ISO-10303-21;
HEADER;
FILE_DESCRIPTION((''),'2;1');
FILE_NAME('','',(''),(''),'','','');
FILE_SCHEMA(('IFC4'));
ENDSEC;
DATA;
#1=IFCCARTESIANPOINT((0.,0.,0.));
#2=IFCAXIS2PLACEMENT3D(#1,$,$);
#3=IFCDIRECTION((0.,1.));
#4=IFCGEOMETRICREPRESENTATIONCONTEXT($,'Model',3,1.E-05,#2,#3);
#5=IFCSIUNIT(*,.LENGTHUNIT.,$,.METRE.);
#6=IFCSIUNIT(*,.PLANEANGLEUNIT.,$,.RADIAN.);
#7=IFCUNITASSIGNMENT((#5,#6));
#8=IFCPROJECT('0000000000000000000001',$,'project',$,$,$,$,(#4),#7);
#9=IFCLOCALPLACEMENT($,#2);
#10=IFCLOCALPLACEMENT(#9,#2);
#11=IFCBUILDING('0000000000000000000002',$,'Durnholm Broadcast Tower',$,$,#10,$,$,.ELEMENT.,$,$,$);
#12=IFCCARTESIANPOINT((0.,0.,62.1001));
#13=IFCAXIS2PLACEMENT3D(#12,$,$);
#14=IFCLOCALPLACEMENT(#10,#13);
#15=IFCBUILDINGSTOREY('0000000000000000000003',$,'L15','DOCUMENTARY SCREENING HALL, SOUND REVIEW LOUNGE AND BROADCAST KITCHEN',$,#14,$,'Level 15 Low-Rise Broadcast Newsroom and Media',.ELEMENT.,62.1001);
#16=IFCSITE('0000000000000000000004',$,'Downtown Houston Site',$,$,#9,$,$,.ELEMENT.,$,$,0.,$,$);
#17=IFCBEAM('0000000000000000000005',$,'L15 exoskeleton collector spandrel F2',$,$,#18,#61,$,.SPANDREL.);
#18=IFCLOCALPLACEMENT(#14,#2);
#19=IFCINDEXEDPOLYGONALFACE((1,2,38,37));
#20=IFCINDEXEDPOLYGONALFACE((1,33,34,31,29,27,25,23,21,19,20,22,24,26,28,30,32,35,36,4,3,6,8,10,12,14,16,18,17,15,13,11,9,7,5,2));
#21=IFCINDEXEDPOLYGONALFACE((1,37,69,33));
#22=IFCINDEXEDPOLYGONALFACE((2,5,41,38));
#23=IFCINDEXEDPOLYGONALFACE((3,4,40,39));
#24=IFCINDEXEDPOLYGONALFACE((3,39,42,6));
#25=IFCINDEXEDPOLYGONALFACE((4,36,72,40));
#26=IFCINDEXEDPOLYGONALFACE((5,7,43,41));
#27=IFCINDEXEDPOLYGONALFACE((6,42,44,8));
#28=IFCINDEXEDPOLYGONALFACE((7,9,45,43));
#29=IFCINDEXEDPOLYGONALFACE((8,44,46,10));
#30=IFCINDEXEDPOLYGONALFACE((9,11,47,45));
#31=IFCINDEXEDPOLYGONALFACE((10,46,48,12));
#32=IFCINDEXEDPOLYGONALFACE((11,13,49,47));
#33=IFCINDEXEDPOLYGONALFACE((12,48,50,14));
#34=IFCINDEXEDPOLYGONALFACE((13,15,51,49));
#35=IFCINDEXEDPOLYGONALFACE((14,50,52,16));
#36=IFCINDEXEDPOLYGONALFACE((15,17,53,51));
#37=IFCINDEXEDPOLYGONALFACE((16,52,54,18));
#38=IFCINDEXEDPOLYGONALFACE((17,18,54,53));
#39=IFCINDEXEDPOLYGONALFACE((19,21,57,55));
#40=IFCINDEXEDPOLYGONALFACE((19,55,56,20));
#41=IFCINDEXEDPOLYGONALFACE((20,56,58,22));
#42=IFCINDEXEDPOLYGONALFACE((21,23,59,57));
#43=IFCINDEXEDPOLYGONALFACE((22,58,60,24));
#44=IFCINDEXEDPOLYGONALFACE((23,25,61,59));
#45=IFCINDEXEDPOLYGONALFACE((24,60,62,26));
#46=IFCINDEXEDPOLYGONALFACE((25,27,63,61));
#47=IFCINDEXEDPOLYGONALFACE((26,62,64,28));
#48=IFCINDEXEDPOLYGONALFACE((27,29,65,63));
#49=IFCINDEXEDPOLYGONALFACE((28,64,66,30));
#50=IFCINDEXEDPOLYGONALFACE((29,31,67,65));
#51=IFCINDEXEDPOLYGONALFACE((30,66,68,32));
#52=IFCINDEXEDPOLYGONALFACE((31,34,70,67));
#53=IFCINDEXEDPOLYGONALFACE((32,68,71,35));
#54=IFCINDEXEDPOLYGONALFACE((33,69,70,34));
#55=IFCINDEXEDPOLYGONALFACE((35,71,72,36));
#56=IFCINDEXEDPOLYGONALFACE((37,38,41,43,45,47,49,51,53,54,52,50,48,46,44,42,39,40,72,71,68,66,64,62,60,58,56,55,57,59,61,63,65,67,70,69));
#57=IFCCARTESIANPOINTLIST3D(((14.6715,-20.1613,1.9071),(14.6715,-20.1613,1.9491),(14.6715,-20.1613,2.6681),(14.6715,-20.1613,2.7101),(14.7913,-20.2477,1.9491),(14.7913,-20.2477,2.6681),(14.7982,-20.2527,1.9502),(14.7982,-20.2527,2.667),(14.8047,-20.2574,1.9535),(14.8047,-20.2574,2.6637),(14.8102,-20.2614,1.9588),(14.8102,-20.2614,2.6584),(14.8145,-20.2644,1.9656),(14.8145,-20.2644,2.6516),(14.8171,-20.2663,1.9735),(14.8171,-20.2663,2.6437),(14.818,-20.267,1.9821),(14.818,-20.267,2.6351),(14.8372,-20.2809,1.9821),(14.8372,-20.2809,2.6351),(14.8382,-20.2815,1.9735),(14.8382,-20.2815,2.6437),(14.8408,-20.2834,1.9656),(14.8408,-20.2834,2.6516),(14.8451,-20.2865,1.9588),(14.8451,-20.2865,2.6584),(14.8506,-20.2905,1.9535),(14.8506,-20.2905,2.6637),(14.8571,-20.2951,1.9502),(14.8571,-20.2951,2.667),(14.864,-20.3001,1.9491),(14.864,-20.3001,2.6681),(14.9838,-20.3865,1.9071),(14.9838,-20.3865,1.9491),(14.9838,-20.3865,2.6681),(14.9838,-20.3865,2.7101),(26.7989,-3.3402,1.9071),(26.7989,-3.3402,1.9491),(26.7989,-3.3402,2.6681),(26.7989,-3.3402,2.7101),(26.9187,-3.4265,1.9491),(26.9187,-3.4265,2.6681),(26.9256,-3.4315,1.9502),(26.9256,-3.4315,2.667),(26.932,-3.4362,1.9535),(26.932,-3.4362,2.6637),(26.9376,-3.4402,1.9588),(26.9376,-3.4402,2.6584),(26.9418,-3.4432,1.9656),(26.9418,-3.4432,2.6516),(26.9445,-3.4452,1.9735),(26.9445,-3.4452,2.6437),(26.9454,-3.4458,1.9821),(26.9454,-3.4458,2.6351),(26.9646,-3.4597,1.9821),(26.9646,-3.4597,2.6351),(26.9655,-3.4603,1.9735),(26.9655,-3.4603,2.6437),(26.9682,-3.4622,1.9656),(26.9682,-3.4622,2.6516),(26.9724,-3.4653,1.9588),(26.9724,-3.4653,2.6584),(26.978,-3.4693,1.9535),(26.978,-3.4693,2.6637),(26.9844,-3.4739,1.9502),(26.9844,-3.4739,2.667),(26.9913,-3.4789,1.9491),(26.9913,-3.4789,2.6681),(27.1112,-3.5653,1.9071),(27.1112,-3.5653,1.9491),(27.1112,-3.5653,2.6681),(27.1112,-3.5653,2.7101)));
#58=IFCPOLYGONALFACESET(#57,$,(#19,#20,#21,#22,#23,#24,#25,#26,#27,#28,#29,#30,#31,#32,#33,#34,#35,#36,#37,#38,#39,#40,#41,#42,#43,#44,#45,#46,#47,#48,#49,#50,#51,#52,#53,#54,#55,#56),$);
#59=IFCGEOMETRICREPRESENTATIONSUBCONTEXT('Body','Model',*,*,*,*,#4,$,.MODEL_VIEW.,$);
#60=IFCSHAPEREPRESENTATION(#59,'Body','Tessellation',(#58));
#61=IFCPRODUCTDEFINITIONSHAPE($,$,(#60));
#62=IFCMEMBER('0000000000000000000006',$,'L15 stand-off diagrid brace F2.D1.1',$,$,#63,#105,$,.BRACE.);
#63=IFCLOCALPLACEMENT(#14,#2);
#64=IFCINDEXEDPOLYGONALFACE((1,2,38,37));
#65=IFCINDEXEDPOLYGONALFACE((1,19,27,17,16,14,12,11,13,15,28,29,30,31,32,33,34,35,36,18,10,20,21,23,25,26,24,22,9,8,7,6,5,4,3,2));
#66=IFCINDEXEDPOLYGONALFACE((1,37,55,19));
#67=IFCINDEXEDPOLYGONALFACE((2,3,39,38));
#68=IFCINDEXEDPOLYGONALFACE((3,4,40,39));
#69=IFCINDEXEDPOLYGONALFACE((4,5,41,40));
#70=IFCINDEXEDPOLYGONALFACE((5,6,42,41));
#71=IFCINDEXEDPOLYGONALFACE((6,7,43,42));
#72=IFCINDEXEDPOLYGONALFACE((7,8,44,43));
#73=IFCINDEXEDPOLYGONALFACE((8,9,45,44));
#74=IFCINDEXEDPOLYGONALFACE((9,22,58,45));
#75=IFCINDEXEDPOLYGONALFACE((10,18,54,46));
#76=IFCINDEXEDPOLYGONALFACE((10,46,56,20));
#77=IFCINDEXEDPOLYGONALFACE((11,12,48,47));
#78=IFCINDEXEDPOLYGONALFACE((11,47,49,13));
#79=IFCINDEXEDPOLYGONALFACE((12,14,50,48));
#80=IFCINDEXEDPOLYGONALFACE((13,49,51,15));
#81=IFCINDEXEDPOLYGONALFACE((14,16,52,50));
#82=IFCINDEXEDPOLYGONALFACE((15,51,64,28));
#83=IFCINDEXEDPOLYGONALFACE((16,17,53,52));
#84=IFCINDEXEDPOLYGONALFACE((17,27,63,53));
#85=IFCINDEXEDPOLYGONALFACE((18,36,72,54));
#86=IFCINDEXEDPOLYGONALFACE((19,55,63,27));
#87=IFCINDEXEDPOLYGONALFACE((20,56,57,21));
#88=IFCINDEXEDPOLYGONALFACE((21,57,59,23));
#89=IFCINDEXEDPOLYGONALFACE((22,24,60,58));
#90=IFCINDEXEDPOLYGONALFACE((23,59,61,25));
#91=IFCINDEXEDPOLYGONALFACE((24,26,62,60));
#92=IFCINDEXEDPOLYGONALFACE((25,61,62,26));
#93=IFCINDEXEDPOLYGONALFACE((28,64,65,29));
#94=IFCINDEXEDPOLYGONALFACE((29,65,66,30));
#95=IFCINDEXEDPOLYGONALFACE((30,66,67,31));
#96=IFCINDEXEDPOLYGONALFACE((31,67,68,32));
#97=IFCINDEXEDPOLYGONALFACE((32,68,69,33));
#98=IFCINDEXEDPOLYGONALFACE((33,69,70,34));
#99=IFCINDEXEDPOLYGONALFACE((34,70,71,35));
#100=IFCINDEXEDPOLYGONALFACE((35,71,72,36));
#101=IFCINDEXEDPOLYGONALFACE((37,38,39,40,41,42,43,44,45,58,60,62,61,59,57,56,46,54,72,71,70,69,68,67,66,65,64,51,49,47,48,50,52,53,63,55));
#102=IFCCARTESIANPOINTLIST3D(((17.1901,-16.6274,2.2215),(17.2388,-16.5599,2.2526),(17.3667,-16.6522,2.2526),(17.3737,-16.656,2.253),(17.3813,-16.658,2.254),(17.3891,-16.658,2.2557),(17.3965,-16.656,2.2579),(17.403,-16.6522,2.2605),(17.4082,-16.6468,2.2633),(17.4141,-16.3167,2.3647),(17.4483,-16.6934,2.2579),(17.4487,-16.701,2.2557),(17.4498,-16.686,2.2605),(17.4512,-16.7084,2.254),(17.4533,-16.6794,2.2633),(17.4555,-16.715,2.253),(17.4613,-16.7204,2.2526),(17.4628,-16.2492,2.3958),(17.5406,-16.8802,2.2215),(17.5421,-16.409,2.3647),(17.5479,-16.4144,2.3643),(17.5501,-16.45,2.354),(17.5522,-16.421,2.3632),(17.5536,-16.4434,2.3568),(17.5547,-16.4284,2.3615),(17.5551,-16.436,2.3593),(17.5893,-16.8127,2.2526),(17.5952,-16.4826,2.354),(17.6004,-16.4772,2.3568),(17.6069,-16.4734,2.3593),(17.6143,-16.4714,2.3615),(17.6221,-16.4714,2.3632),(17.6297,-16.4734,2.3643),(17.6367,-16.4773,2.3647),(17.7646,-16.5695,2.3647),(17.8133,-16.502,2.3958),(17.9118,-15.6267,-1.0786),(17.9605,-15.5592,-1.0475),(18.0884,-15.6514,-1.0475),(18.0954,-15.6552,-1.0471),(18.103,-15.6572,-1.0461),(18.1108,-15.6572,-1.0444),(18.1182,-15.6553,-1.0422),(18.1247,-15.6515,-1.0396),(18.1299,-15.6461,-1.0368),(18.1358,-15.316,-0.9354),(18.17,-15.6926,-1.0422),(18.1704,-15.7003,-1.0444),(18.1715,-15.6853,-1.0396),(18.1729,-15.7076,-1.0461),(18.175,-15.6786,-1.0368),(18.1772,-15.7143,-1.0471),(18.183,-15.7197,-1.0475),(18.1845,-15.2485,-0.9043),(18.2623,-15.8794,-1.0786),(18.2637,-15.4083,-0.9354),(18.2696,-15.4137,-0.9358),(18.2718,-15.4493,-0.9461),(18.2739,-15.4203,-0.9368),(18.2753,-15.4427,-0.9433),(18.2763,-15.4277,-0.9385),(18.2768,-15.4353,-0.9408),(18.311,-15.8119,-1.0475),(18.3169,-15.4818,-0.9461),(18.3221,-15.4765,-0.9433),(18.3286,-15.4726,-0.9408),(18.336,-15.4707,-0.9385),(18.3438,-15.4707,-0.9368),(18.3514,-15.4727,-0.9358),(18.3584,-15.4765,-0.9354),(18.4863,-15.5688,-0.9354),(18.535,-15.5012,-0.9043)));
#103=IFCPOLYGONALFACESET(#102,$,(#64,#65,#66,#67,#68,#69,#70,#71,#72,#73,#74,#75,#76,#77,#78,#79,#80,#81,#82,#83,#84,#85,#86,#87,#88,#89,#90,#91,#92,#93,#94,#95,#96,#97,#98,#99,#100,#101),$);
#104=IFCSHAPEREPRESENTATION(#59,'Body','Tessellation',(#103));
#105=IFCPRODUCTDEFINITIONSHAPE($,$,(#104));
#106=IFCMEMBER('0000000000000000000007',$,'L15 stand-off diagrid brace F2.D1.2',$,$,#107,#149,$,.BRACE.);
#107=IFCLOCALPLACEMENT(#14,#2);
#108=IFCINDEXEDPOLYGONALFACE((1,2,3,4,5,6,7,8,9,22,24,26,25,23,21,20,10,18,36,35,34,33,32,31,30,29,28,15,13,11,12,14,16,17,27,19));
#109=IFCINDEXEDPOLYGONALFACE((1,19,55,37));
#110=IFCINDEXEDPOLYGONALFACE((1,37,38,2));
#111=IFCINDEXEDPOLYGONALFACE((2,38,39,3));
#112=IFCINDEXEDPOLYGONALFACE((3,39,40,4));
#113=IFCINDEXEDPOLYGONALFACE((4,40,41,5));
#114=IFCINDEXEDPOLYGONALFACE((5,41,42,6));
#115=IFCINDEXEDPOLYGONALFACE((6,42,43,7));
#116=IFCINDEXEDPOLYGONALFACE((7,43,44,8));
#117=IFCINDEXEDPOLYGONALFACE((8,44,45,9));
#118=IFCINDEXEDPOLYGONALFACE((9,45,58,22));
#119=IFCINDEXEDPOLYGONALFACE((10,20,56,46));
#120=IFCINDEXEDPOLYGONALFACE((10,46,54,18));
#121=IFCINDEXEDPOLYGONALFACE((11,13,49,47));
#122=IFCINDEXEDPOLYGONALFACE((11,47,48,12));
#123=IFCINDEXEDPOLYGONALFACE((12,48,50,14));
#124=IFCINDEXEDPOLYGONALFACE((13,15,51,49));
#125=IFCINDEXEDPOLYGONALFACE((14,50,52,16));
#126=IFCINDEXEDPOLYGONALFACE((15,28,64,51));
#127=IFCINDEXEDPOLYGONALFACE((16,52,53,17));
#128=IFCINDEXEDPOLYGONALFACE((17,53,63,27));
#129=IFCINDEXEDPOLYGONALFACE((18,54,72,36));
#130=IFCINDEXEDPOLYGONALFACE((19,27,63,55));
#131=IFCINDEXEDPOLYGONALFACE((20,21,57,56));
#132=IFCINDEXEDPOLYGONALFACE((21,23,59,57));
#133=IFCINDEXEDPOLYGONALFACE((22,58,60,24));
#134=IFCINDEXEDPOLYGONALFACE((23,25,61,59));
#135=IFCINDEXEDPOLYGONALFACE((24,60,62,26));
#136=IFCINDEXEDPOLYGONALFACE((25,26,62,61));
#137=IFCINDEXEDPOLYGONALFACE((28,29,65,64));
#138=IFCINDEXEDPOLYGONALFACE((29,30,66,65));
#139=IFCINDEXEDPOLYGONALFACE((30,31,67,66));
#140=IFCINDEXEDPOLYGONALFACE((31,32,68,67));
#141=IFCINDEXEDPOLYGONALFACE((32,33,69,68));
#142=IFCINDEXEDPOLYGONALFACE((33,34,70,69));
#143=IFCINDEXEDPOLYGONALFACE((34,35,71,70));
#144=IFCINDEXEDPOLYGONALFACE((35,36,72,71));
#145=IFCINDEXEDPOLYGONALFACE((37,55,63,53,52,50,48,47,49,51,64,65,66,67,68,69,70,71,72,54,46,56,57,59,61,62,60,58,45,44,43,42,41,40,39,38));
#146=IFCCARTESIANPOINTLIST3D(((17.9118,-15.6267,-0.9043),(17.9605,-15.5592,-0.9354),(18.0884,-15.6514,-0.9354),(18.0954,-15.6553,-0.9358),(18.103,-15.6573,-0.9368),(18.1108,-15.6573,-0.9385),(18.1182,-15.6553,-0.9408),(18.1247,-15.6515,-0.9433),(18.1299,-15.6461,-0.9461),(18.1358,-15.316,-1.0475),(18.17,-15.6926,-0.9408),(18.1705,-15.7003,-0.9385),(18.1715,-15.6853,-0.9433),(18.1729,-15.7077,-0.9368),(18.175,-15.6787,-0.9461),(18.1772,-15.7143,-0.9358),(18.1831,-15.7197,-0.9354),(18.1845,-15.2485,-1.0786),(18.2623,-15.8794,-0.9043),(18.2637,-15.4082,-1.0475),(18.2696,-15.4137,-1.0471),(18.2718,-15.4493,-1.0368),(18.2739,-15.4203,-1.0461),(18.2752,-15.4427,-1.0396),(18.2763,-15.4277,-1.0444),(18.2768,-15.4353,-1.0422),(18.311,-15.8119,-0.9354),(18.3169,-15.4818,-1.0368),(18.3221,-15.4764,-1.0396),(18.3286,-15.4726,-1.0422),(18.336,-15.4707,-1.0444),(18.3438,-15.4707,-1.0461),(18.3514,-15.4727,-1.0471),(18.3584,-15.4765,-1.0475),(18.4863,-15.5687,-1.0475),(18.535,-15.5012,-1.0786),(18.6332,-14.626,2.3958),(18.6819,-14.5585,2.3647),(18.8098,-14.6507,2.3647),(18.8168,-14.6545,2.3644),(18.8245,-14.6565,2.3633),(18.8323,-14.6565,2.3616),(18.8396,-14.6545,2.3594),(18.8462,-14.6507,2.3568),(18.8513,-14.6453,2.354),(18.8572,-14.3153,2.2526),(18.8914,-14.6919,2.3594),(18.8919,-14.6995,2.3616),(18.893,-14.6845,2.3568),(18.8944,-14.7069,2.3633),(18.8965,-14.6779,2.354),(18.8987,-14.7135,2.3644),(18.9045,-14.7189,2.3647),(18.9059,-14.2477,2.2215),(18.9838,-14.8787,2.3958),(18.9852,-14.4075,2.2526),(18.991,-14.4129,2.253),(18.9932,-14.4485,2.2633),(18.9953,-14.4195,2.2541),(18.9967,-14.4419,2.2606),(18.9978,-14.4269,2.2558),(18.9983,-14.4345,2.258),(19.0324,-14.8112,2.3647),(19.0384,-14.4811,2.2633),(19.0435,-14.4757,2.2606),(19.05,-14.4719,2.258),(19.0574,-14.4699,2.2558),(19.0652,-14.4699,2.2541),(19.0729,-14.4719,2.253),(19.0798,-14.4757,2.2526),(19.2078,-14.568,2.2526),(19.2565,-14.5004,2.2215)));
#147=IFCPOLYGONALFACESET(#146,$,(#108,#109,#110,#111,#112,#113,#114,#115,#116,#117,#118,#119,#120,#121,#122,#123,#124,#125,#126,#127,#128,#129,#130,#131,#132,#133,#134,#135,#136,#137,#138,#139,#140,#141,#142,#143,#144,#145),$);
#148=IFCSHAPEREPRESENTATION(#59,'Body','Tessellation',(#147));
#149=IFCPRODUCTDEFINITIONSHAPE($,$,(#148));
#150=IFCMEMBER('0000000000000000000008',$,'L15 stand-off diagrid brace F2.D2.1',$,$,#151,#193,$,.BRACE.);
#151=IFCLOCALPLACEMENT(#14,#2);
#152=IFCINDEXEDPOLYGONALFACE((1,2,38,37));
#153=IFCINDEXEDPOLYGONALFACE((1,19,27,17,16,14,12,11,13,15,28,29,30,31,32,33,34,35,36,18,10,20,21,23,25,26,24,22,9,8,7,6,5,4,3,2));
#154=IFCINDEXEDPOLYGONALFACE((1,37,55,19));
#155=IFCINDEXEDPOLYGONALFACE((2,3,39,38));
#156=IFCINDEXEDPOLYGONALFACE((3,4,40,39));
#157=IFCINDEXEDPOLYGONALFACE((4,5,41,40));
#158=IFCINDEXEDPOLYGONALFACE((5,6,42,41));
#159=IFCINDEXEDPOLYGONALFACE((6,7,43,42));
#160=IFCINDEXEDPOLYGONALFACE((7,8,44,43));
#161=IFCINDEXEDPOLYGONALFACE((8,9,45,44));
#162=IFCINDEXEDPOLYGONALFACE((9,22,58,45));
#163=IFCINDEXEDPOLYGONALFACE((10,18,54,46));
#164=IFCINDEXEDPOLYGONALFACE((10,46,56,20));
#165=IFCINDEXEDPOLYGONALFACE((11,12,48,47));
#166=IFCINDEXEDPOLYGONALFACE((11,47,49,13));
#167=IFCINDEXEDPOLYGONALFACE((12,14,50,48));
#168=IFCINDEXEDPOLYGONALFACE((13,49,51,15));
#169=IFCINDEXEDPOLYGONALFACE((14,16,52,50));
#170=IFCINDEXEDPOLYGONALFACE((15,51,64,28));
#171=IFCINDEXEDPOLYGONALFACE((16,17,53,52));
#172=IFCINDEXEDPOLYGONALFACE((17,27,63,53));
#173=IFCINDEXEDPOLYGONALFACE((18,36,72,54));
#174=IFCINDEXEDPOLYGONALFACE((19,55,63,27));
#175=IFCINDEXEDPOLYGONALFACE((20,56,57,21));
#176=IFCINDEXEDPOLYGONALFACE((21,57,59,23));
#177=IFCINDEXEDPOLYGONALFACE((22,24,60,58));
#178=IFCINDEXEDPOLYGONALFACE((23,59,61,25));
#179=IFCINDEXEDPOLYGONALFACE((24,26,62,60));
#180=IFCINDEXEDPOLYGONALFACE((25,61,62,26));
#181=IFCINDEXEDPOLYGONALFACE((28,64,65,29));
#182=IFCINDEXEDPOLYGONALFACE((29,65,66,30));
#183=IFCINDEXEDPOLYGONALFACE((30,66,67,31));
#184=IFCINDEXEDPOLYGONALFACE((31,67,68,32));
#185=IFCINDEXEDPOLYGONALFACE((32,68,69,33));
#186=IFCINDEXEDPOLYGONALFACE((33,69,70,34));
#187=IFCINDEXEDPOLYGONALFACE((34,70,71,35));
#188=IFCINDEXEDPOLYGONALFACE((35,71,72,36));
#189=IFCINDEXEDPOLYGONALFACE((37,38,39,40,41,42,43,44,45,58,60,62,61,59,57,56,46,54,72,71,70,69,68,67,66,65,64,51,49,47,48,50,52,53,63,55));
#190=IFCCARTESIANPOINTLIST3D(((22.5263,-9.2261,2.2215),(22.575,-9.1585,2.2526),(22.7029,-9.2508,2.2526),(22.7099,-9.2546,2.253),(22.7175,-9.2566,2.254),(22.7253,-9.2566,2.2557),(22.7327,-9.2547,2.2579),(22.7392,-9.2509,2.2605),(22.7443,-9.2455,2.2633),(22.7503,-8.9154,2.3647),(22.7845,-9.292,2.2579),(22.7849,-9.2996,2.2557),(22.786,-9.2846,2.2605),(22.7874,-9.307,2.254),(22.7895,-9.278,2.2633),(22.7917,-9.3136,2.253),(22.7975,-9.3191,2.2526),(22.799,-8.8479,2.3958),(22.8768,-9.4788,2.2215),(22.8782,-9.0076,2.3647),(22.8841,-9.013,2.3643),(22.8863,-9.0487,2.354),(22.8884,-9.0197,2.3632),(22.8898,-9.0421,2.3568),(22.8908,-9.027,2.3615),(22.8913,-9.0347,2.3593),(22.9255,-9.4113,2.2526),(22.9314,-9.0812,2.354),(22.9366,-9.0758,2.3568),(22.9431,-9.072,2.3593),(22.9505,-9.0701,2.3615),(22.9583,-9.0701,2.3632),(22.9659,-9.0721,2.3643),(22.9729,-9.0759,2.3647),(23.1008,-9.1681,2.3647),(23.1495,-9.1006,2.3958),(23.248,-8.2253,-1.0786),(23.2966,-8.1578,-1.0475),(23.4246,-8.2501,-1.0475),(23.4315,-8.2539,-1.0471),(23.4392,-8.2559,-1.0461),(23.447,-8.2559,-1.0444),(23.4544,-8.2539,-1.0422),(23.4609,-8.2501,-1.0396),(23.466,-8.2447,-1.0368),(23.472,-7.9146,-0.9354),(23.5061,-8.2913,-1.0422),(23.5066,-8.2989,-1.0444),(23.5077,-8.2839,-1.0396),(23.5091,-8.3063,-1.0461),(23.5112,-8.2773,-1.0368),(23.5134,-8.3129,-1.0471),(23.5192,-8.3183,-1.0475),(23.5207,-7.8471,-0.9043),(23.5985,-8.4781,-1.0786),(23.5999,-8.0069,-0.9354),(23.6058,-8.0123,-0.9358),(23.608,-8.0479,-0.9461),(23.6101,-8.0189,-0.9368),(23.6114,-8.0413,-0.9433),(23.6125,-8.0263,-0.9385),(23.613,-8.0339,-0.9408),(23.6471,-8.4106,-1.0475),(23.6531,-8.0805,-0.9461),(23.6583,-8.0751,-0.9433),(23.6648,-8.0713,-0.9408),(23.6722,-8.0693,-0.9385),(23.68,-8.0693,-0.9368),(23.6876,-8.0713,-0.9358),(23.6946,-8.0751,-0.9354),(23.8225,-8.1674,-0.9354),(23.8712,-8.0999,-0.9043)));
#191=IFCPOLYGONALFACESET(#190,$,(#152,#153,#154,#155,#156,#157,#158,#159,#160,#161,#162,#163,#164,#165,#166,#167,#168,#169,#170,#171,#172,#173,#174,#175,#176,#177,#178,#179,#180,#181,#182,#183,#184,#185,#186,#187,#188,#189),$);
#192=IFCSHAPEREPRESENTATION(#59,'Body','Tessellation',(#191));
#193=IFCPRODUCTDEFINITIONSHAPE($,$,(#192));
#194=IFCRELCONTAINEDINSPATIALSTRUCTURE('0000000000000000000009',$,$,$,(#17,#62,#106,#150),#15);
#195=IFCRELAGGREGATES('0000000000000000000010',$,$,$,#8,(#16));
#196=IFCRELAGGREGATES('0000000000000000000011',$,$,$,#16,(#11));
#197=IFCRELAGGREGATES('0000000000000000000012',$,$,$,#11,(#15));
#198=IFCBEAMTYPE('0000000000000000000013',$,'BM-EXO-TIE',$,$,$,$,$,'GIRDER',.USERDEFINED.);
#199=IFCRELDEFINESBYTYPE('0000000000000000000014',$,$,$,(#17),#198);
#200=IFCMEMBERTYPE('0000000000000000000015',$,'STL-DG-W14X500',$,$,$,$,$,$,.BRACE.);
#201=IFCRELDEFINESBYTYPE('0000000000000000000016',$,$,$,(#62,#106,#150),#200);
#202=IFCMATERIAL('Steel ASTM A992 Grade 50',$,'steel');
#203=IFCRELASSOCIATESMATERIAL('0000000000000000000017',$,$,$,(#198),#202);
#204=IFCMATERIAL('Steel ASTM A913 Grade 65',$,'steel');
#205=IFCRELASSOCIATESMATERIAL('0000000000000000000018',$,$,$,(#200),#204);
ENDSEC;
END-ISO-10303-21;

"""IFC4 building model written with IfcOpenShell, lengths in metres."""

from ifc_helpers import new_model, si_unit, direction, frame, origin, origin_2d, place, context, subcontext, project, spatial, i_section, extrude, source, transform, mapped, material, material_profile, profile_set, type_object, type_shapes, element, save


model = new_model("IFC4")

# Units and contexts
model_context = context("Model", 3, precision=1e-05, world=origin(), true_north=direction((0.0, 1.0)))
body_context = subcontext(model_context, "Body", "Model", "MODEL_VIEW")
ifc_project = project(units=[si_unit("LENGTHUNIT", "METRE"), si_unit("PLANEANGLEUNIT", "RADIAN")], contexts=[model_context])

# Site, building, storey
site_placement = place(None, origin())
site = spatial("IfcSite", under=ifc_project, at=site_placement, Name="Downtown Houston Site", CompositionType="ELEMENT", RefElevation=0.0)
building_placement = place(site_placement, origin())
building = spatial("IfcBuilding", under=site, at=building_placement, Name="Durnholm Broadcast Tower", CompositionType="ELEMENT")
storey_placement = place(building_placement, frame((0.0, 0.0, 62.1001)))
storey = spatial("IfcBuildingStorey", under=building, at=storey_placement, Name="L15", Description="DOCUMENTARY SCREENING HALL, SOUND REVIEW LOUNGE AND BROADCAST KITCHEN", LongName="Level 15 Low-Rise Broadcast Newsroom and Media", CompositionType="ELEMENT", Elevation=62.1001)

# Beam
ifc_material_1 = material(Name="Steel ASTM A992 Grade 50", Category="steel")
ifc_material_profile_1 = material_profile(ifc_material_1, i_section(OverallWidth=0.385, OverallDepth=0.803, WebThickness=0.0237, FlangeThickness=0.042, FilletRadius=0.033, at=origin_2d()), Name="W30X261")
ifc_profile_set_1 = profile_set([ifc_material_profile_1], Name="Steel ASTM A992 Grade 50")
beam_type = type_object("IfcBeamType", Name="BM-EXO-TIE", ElementType="GIRDER", PredefinedType="USERDEFINED", material=ifc_profile_set_1)
shared_shape_1 = source(origin(), body_context, "Body", "SweptSolid", [
    extrude(i_section(OverallWidth=0.385, OverallDepth=0.803, WebThickness=0.0237, FlangeThickness=0.042, FilletRadius=0.033, at=origin_2d()), origin(), (0.0, 0.0, 1.0), 20.7371),
])
type_shapes(beam_type, [shared_shape_1])
beam_placement = place(storey_placement, frame((14.8276, -20.2739, 2.3086), z_axis=(0.584816, 0.811166, 0.0), x_axis=(-0.811166, 0.584816, 0.0)))
element("IfcBeam", 1, at=beam_placement, inside=storey, type_object=beam_type, Name="L15 exoskeleton collector spandrel F2", PredefinedType="SPANDREL", context=body_context, shape_type="MappedRepresentation", body=[
    mapped(shared_shape_1, transform((0.0, 0.0, 0.0), x_axis=(1.0, 0.0, 0.0), y_axis=(0.0, 1.0, 0.0), z_axis=(0.0, 0.0, 1.0), scale=1.0)),
])

# Members
ifc_material_2 = material(Name="Steel ASTM A913 Grade 65", Category="steel")
ifc_material_profile_2 = material_profile(ifc_material_2, i_section(OverallWidth=0.4321, OverallDepth=0.4978, WebThickness=0.0557, FlangeThickness=0.0889, FilletRadius=0.0305, at=origin_2d()), Name="W14X500")
ifc_profile_set_2 = profile_set([ifc_material_profile_2], Name="Steel ASTM A913 Grade 65")
member_type_1 = type_object("IfcMemberType", Name="STL-DG-W14X500", PredefinedType="BRACE", material=ifc_profile_set_2)
shared_shape_2 = source(origin(), body_context, "Body", "SweptSolid", [
    extrude(i_section(OverallWidth=0.4321, OverallDepth=0.4978, WebThickness=0.0557, FlangeThickness=0.0889, FilletRadius=0.0305, at=origin_2d()), origin(), (0.0, 0.0, 1.0), 3.5232),
])
type_shapes(member_type_1, [shared_shape_2])
for number, where, z_axis, x_axis, name in (
    (2, (18.2234, -15.564, -0.9915), (-0.204839, -0.284045, 0.936675), (0.811091, -0.58492, 0.0), "L15 stand-off diagrid brace F2.D1.1"),
    (3, (18.2234, -15.564, -0.9915), (0.204773, 0.284049, 0.936688), (-0.811185, 0.584789, 0.0), "L15 stand-off diagrid brace F2.D1.2"),
    (4, (23.5596, -8.1626, -0.9915), (-0.204839, -0.284045, 0.936675), (0.811091, -0.58492, 0.0), "L15 stand-off diagrid brace F2.D2.1"),
):
    element("IfcMember", number, at=place(storey_placement, frame(where, z_axis=z_axis, x_axis=x_axis)), inside=storey, type_object=member_type_1, Name=name, PredefinedType="BRACE", context=body_context, shape_type="MappedRepresentation", body=[
        mapped(shared_shape_2, transform((0.0, 0.0, 0.0), x_axis=(1.0, 0.0, 0.0), y_axis=(0.0, 1.0, 0.0), z_axis=(0.0, 0.0, 1.0), scale=1.0)),
    ])

save(model, "model.ifc")
